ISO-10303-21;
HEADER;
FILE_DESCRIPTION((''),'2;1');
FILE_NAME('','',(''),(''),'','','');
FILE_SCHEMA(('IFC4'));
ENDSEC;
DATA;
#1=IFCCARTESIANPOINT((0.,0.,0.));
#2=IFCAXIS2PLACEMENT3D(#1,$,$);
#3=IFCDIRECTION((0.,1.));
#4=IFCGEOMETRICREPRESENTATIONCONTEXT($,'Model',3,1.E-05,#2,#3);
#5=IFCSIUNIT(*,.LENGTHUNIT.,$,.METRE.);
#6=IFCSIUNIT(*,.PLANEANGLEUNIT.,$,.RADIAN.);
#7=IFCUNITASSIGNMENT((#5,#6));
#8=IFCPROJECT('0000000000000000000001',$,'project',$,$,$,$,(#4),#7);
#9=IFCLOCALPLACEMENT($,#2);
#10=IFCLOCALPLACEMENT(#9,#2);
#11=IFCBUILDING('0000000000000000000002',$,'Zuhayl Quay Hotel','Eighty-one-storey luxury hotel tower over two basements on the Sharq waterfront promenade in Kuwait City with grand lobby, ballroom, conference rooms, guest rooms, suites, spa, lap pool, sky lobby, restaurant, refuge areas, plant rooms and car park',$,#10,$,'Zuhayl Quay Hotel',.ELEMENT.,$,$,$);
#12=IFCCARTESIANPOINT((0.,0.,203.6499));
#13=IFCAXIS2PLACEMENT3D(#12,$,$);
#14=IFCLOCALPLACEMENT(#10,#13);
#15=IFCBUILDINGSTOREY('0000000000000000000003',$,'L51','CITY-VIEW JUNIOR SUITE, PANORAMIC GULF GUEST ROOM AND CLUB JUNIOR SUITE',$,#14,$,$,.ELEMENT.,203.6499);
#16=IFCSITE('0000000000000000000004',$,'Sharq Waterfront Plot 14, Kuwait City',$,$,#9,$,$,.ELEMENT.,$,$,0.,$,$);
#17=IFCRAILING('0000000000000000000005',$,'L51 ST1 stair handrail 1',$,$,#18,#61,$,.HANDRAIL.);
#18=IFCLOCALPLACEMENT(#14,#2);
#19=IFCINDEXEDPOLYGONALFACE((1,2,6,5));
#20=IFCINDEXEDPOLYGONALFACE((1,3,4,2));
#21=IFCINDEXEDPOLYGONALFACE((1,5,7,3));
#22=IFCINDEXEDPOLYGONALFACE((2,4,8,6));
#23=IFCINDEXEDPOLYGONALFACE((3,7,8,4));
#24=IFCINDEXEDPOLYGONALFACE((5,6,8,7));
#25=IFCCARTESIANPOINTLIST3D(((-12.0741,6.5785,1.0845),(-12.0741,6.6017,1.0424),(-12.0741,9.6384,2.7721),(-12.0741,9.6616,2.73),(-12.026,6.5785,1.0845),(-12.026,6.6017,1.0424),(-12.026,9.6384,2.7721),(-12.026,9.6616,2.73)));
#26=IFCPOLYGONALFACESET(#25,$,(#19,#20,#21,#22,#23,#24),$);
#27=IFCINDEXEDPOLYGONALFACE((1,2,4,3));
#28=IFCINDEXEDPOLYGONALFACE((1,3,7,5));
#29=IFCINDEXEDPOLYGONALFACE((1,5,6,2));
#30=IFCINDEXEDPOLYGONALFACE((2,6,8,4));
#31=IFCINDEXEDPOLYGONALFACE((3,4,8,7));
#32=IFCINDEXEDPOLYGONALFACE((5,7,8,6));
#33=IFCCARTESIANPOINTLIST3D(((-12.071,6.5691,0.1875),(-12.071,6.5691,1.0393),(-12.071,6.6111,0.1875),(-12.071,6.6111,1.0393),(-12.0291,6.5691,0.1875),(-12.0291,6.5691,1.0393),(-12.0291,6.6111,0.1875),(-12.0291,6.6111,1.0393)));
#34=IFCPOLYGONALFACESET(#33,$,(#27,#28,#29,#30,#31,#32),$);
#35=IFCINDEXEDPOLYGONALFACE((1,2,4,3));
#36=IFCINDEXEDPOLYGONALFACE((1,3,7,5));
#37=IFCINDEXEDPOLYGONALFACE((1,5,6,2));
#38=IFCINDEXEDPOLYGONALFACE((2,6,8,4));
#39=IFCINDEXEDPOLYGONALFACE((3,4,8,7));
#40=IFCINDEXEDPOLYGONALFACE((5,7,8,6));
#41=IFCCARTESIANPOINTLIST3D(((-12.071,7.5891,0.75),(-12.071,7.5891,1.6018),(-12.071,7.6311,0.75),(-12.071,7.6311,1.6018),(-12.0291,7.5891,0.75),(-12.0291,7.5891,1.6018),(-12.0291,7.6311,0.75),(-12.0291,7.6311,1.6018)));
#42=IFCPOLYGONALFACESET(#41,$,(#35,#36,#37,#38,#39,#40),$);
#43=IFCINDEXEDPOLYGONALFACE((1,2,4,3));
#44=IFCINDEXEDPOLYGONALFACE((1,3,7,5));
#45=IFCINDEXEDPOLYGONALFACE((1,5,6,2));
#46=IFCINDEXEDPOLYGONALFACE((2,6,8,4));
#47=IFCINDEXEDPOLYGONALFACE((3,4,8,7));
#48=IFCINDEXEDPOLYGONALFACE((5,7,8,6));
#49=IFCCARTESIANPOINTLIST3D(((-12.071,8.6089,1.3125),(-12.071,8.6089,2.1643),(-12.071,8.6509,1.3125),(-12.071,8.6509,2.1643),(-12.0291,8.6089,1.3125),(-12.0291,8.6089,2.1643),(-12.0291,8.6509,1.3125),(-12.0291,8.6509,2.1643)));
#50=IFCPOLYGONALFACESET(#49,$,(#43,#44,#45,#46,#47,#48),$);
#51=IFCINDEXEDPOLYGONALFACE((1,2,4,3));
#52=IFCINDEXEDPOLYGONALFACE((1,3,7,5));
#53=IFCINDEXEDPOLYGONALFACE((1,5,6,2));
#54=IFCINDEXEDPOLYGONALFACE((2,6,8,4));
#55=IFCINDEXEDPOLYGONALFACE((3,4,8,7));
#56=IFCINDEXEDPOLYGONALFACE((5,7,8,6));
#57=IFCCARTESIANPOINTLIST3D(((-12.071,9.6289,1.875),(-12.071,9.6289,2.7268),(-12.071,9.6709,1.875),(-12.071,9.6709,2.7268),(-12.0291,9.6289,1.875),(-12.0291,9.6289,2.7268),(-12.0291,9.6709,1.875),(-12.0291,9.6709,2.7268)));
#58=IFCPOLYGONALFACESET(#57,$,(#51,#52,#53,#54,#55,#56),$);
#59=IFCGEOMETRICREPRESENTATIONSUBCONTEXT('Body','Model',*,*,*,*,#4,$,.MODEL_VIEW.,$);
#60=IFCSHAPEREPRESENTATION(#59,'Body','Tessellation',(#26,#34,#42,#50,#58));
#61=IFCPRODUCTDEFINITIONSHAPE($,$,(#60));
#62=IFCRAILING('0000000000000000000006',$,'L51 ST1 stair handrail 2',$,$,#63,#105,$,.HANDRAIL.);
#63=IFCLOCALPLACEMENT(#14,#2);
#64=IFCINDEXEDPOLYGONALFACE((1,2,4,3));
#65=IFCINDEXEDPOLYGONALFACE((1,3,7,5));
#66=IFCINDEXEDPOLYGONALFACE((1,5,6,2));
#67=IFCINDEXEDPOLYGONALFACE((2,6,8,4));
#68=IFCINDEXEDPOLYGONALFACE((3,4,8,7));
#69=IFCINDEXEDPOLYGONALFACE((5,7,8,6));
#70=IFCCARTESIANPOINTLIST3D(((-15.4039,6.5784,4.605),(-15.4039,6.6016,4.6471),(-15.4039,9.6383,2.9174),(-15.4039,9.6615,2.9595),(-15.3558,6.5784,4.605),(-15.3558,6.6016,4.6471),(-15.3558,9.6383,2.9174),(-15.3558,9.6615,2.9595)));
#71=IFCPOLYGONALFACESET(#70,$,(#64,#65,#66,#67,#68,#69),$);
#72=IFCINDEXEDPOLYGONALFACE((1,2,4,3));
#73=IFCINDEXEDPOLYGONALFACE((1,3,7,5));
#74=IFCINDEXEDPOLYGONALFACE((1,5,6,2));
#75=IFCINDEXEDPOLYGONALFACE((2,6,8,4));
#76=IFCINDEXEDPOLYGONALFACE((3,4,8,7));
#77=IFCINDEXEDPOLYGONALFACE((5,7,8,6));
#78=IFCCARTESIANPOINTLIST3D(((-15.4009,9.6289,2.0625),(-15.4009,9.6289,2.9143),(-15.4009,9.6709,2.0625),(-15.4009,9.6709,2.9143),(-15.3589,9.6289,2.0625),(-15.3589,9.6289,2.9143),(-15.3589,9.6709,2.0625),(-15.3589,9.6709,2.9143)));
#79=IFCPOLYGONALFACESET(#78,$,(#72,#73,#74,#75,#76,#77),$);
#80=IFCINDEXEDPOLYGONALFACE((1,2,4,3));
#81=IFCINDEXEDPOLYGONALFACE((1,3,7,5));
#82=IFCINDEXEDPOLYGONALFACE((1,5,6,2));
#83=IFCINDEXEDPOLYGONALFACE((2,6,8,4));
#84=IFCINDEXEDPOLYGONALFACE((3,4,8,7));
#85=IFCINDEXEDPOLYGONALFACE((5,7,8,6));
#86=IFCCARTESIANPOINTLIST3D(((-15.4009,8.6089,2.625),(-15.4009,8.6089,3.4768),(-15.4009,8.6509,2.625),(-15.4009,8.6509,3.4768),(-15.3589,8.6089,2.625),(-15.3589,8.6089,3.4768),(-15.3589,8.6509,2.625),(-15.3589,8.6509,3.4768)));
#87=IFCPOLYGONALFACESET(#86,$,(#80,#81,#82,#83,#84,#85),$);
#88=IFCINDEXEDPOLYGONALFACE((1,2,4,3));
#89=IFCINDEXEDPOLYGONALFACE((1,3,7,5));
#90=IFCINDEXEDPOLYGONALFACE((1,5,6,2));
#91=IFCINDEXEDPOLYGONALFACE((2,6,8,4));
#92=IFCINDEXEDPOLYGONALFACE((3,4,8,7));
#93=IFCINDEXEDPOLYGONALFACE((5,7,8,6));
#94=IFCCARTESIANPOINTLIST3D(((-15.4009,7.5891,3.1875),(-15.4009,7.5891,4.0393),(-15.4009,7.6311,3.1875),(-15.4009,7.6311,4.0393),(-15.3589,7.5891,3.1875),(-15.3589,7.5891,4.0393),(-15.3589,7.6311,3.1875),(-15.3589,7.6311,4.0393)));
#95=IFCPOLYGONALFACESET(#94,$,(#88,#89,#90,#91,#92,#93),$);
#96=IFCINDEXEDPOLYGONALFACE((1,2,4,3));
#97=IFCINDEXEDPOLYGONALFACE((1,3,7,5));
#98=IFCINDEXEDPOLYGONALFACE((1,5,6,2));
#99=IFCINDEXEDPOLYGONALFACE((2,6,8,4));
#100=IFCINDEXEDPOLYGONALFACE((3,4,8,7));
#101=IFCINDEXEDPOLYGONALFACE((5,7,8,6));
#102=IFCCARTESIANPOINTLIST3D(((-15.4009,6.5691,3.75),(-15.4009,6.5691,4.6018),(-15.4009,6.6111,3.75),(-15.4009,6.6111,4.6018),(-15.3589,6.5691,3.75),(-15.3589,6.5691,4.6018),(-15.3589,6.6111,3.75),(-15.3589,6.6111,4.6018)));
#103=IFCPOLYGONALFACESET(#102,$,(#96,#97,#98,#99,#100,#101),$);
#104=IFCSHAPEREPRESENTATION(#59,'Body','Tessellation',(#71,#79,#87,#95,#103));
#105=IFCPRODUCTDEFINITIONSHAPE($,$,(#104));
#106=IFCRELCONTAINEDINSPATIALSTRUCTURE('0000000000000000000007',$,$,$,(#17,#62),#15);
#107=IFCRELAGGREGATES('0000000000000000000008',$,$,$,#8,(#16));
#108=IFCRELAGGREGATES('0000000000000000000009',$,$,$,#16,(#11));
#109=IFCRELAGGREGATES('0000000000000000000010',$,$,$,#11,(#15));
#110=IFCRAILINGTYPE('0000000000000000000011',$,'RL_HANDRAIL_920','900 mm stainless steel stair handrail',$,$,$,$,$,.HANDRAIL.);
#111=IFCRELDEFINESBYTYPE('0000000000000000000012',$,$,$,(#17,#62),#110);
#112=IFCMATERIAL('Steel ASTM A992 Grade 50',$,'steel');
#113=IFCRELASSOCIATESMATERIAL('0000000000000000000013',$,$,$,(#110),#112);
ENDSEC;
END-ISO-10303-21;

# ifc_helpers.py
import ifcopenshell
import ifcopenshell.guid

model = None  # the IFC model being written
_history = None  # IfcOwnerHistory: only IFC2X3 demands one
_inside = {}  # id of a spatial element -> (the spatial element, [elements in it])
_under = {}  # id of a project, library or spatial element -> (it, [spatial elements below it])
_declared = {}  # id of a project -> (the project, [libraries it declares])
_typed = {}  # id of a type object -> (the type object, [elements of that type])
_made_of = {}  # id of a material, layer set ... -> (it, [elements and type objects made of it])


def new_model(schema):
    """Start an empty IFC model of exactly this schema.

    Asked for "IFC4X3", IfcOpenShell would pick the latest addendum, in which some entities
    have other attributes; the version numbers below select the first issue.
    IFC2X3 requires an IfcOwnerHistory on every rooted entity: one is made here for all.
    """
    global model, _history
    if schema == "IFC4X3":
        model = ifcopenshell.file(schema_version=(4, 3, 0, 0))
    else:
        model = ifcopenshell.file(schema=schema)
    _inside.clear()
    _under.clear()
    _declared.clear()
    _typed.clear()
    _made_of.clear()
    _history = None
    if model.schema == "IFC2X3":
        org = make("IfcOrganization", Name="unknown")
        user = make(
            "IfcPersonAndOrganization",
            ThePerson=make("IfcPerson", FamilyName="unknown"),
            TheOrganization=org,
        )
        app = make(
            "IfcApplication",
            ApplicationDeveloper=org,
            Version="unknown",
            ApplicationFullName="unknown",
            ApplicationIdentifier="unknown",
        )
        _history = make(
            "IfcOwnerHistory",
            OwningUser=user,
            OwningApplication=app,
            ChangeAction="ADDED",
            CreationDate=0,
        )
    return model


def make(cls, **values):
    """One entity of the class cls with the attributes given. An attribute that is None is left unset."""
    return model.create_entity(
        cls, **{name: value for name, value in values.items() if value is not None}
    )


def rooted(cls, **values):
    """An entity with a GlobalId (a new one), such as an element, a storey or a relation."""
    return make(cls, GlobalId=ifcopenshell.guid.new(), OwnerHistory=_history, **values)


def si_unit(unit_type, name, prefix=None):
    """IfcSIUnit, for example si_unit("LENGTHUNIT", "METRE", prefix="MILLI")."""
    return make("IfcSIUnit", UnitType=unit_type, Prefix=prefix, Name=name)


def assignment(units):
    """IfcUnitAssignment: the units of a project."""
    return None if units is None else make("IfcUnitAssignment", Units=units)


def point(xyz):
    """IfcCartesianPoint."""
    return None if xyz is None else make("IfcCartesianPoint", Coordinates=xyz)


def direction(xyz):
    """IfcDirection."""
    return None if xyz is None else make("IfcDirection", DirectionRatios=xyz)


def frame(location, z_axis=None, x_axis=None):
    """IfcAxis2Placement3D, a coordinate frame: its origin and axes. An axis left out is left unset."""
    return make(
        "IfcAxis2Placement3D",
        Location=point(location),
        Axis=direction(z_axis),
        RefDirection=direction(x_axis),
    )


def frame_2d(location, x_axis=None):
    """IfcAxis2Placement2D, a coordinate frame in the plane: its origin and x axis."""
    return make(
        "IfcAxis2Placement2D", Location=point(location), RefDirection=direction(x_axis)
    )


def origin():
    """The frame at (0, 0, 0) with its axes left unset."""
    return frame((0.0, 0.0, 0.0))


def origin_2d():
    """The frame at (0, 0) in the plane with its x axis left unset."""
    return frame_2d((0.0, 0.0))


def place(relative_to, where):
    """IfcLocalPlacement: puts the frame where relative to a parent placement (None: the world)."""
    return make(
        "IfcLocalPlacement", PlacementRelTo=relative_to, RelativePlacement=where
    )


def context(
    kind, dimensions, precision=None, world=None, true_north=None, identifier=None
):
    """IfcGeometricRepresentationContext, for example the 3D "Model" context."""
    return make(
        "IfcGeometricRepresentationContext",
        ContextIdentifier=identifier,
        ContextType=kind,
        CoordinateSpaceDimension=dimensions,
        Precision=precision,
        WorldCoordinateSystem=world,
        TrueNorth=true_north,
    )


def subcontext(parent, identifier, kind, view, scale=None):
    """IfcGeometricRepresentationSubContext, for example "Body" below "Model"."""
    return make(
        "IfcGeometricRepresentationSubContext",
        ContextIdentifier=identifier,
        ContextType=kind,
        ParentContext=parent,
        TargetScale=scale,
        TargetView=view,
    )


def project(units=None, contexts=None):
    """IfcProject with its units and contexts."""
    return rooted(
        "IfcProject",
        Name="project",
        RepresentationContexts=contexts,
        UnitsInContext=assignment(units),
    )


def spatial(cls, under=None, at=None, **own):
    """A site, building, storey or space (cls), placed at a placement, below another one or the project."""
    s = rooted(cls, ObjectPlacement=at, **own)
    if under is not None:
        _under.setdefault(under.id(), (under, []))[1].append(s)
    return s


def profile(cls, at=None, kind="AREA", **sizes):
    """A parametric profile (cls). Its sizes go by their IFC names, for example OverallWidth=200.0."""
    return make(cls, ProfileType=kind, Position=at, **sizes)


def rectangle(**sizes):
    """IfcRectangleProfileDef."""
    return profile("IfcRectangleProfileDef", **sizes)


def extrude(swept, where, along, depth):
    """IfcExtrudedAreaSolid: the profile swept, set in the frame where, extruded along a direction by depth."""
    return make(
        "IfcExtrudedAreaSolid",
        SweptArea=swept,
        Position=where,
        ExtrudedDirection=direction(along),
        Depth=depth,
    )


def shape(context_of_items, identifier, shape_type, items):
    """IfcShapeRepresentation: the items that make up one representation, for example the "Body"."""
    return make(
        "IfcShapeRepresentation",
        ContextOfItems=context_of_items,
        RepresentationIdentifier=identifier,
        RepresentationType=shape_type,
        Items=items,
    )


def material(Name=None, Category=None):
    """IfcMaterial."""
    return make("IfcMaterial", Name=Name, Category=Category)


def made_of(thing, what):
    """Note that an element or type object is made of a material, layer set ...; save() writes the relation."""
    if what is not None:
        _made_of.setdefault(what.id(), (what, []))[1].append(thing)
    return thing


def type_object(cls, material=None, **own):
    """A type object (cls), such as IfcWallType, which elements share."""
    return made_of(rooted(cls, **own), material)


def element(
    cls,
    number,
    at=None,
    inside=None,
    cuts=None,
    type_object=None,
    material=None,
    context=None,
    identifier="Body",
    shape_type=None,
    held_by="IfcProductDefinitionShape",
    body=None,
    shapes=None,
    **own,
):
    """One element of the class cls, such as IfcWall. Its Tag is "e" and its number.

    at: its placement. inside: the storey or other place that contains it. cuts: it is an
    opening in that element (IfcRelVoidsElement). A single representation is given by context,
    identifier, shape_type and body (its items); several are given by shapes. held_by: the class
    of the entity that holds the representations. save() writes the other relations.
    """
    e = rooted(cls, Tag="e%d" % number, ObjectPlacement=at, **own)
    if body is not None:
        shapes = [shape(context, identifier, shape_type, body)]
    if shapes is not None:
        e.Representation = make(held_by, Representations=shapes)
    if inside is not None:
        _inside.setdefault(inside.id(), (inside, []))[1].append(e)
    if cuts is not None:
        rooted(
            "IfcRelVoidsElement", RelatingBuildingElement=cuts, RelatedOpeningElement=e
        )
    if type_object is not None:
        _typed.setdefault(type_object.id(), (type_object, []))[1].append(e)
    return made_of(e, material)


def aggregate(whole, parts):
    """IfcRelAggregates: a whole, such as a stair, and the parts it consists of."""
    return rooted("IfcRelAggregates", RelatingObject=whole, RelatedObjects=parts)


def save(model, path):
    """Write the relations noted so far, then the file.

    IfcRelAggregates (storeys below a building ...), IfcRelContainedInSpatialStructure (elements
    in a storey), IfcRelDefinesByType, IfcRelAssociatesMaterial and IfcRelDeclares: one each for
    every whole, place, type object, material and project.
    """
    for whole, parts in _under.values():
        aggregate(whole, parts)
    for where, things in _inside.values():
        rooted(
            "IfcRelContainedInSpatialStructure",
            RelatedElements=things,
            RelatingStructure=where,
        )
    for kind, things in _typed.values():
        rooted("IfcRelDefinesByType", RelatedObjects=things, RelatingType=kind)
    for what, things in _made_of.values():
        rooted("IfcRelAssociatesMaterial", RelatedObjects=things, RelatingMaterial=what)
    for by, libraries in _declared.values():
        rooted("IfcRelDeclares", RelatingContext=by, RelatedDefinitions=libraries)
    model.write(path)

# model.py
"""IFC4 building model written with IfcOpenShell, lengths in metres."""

from ifc_helpers import new_model, si_unit, direction, frame, origin, origin_2d, place, context, subcontext, project, spatial, rectangle, extrude, material, type_object, element, save


model = new_model("IFC4")

# Units and contexts
model_context = context("Model", 3, precision=1e-05, world=origin(), true_north=direction((0.0, 1.0)))
body_context = subcontext(model_context, "Body", "Model", "MODEL_VIEW")
ifc_project = project(units=[si_unit("LENGTHUNIT", "METRE"), si_unit("PLANEANGLEUNIT", "RADIAN")], contexts=[model_context])

# Site, building, storey
site_placement = place(None, origin())
site = spatial("IfcSite", under=ifc_project, at=site_placement, Name="Sharq Waterfront Plot 14, Kuwait City", CompositionType="ELEMENT", RefElevation=0.0)
building_placement = place(site_placement, origin())
building = spatial("IfcBuilding", under=site, at=building_placement, Name="Zuhayl Quay Hotel", Description="Eighty-one-storey luxury hotel tower over two basements on the Sharq waterfront promenade in Kuwait City with grand lobby, ballroom, conference rooms, guest rooms, suites, spa, lap pool, sky lobby, restaurant, refuge areas, plant rooms and car park", LongName="Zuhayl Quay Hotel", CompositionType="ELEMENT")
storey_placement = place(building_placement, frame((0.0, 0.0, 203.6499)))
storey = spatial("IfcBuildingStorey", under=building, at=storey_placement, Name="L51", Description="CITY-VIEW JUNIOR SUITE, PANORAMIC GULF GUEST ROOM AND CLUB JUNIOR SUITE", CompositionType="ELEMENT", Elevation=203.6499)

# Shared definitions
ifc_material_1 = material(Name="Steel ASTM A992 Grade 50", Category="steel")

# Railings
railing_type_1 = type_object("IfcRailingType", Name="RL_HANDRAIL_920", Description="900 mm stainless steel stair handrail", PredefinedType="HANDRAIL", material=ifc_material_1)
railing_1_placement = place(storey_placement, frame((-12.05, 6.5901, 0.1875)))
element("IfcRailing", 1, at=railing_1_placement, inside=storey, type_object=railing_type_1, Name="L51 ST1 stair handrail 1", PredefinedType="HANDRAIL", context=body_context, shape_type="SweptSolid", body=[
    extrude(rectangle(XDim=0.0481, YDim=0.0481, at=origin_2d()), frame((0.0, 0.0, 0.876), z_axis=(0.0, 0.875659, 0.48293), x_axis=(-1.0, 0.0, 0.0)), (0.0, 0.0, 1.0), 3.4944),
    extrude(rectangle(XDim=0.042, YDim=0.042, at=origin_2d()), origin(), (0.0, 0.0, 1.0), 0.8518),
    extrude(rectangle(XDim=0.042, YDim=0.042, at=origin_2d()), frame((0.0, 1.02, 0.5625)), (0.0, 0.0, 1.0), 0.8518),
    extrude(rectangle(XDim=0.042, YDim=0.042, at=origin_2d()), frame((0.0, 2.0398, 1.125)), (0.0, 0.0, 1.0), 0.8518),
    extrude(rectangle(XDim=0.042, YDim=0.042, at=origin_2d()), frame((0.0, 3.0598, 1.6875)), (0.0, 0.0, 1.0), 0.8518),
])
railing_2_placement = place(storey_placement, frame((-15.3799, 9.6499, 2.0625)))
element("IfcRailing", 2, at=railing_2_placement, inside=storey, type_object=railing_type_1, Name="L51 ST1 stair handrail 2", PredefinedType="HANDRAIL", context=body_context, shape_type="SweptSolid", body=[
    extrude(rectangle(XDim=0.0481, YDim=0.0481, at=origin_2d()), frame((0.0, 0.0, 0.876), z_axis=(0.0, -0.875659, 0.48293), x_axis=(1.0, 0.0, 0.0)), (0.0, 0.0, 1.0), 3.4944),
    extrude(rectangle(XDim=0.042, YDim=0.042, at=origin_2d()), origin(), (0.0, 0.0, 1.0), 0.8518),
    extrude(rectangle(XDim=0.042, YDim=0.042, at=origin_2d()), frame((0.0, -1.02, 0.5625)), (0.0, 0.0, 1.0), 0.8518),
    extrude(rectangle(XDim=0.042, YDim=0.042, at=origin_2d()), frame((0.0, -2.0398, 1.125)), (0.0, 0.0, 1.0), 0.8518),
    extrude(rectangle(XDim=0.042, YDim=0.042, at=origin_2d()), frame((0.0, -3.0598, 1.6875)), (0.0, 0.0, 1.0), 0.8518),
])

save(model, "model.ifc")
